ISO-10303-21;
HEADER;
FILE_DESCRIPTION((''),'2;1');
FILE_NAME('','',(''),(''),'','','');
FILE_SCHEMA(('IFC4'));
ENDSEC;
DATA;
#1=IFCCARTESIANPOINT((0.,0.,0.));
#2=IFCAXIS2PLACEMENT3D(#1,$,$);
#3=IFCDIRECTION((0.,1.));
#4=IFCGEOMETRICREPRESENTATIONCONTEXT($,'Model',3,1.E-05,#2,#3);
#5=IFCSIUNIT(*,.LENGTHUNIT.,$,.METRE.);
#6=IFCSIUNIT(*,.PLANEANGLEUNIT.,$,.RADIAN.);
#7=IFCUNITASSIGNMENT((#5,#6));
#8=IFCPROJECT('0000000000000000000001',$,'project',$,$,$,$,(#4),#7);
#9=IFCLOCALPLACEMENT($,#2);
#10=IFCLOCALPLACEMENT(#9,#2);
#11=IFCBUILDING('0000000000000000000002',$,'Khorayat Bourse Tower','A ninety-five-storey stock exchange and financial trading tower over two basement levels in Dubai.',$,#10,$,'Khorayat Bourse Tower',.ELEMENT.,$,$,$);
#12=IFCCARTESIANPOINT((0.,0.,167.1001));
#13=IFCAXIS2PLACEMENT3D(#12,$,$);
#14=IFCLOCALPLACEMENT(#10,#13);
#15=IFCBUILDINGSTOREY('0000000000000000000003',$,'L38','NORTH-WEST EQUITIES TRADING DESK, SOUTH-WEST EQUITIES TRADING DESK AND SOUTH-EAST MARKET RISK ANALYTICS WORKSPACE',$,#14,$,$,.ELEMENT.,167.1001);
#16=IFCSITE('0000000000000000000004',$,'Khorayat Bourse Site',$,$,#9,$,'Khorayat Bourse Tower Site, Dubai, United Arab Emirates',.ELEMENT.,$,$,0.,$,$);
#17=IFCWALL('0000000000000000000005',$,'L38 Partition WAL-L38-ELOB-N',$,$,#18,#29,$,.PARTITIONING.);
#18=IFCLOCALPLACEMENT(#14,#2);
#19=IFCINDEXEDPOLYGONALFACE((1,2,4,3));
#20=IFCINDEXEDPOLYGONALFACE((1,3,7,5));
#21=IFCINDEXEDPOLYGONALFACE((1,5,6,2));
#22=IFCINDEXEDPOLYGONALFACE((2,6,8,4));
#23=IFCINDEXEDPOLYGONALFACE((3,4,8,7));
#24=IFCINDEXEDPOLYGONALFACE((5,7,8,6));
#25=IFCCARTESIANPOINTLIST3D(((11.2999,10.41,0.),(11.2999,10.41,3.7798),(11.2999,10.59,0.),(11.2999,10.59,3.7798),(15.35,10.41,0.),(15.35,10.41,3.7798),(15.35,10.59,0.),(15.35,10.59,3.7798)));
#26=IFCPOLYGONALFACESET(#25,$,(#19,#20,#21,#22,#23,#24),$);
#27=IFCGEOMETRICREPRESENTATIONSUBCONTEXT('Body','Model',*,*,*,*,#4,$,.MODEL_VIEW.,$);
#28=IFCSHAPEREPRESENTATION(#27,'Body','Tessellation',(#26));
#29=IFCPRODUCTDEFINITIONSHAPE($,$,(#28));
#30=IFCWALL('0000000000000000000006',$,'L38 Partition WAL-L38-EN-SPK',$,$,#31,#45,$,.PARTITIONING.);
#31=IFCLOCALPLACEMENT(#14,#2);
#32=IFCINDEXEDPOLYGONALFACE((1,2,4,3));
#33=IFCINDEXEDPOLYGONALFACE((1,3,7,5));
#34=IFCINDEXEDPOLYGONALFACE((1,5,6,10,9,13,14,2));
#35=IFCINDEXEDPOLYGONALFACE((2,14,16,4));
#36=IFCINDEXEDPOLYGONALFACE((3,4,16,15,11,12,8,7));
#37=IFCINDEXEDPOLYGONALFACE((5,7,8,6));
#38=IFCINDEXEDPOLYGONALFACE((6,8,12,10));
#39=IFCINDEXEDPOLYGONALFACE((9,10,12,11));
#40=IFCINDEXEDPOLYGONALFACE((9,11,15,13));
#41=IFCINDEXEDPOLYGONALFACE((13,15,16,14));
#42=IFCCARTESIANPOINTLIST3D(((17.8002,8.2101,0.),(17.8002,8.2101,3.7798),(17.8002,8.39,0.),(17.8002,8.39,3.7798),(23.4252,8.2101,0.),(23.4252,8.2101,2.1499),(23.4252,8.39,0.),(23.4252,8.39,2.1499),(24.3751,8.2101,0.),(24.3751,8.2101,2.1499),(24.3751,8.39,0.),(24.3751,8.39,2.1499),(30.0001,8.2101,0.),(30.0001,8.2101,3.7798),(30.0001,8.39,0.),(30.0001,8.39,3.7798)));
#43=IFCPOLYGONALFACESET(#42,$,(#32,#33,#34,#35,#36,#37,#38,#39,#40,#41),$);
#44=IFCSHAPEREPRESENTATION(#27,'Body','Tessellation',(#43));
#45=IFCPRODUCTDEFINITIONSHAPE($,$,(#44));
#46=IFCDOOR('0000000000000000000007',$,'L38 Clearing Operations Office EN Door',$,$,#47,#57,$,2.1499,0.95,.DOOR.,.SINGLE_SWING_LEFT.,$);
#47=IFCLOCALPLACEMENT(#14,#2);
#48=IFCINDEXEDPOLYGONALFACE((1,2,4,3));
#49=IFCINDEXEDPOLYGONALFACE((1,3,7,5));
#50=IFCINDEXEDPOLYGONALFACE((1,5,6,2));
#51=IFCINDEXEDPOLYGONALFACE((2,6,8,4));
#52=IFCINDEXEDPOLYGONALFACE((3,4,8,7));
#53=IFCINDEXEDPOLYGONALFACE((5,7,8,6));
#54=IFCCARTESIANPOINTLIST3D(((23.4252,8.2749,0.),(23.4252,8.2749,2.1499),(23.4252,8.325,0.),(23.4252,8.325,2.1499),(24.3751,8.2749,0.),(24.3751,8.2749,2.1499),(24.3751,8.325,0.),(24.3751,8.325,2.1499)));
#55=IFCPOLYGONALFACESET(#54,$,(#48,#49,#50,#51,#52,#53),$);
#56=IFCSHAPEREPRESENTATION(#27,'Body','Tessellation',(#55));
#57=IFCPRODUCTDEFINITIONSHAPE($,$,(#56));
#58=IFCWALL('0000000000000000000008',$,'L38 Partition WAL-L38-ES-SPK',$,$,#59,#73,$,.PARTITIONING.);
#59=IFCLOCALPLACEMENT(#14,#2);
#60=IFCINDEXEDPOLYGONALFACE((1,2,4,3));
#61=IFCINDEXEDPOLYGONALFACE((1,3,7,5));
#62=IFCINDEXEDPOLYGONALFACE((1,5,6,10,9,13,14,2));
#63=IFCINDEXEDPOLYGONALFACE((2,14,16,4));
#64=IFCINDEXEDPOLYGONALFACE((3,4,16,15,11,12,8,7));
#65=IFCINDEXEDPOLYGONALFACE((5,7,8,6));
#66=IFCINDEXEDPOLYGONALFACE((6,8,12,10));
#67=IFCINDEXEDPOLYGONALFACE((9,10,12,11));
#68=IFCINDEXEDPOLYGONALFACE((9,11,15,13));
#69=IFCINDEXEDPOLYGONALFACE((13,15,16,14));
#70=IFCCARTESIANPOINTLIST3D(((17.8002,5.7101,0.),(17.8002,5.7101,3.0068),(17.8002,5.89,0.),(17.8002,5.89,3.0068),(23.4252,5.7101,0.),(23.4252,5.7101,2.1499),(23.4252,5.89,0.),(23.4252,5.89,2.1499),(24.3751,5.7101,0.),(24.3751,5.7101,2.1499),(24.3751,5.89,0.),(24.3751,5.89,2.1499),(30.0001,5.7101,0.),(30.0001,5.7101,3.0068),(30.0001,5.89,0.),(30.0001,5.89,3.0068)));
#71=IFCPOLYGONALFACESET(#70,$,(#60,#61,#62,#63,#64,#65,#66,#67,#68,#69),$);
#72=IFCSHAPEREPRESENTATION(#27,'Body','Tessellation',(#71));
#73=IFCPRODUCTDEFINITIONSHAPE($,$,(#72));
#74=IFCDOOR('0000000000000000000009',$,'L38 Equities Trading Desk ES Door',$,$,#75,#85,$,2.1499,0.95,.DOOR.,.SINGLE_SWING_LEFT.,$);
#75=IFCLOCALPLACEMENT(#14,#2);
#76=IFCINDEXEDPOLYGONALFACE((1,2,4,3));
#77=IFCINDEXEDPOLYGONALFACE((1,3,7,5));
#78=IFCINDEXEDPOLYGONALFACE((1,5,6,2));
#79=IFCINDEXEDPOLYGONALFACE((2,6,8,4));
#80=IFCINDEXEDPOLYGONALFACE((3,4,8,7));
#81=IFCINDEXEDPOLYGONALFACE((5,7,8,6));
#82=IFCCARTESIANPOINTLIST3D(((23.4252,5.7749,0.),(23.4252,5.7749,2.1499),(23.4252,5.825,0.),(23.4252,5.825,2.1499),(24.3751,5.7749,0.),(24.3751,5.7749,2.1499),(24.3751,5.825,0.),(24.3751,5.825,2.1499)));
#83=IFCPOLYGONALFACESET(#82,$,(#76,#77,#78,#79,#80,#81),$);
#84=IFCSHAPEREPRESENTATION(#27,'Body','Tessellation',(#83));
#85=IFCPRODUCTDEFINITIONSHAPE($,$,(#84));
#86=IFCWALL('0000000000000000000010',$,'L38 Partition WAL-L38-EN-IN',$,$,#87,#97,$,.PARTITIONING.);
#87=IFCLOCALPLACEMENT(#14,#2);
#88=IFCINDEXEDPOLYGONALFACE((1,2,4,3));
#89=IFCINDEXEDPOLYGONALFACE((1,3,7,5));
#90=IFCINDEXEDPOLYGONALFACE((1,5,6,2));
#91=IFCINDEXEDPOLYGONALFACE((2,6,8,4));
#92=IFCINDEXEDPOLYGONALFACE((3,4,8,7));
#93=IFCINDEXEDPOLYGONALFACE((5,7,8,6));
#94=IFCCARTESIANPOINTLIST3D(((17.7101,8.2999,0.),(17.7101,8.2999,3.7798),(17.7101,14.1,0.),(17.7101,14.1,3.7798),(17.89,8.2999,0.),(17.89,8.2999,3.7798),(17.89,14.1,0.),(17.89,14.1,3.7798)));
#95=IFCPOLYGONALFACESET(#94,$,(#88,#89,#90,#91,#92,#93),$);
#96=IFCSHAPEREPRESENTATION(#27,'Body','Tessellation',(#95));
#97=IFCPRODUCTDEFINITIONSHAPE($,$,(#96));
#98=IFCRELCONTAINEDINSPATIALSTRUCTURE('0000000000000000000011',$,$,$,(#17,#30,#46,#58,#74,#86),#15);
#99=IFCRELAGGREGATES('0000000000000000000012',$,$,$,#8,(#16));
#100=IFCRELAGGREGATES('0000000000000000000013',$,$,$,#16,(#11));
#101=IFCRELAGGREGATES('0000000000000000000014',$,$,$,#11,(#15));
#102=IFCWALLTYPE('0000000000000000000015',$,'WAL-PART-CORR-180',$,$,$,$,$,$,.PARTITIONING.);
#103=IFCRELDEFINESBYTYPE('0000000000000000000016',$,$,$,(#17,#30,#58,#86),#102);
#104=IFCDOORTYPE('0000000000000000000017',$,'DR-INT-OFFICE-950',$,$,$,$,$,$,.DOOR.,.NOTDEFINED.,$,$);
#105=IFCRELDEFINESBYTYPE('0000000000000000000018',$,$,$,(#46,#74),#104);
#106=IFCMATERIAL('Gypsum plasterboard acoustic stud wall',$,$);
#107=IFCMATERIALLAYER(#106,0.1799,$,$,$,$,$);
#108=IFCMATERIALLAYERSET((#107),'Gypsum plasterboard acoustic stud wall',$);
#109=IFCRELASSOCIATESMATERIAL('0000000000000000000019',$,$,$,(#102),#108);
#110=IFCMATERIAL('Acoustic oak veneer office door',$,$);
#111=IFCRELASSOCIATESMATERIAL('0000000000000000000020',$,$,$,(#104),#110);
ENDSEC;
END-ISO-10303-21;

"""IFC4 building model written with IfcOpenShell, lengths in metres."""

from ifc_helpers import new_model, si_unit, direction, frame, frame_2d, origin, place, context, subcontext, project, spatial, rectangle, extrude, source, transform, mapped, material, layer, layer_set, type_object, element, fill, save


model = new_model("IFC4")

# Units and contexts
model_context = context("Model", 3, precision=1e-05, world=origin(), true_north=direction((0.0, 1.0)))
body_context = subcontext(model_context, "Body", "Model", "MODEL_VIEW")
ifc_project = project(units=[si_unit("LENGTHUNIT", "METRE"), si_unit("PLANEANGLEUNIT", "RADIAN")], contexts=[model_context])

# Site, building, storey
site_placement = place(None, origin())
site = spatial("IfcSite", under=ifc_project, at=site_placement, Name="Khorayat Bourse Site", LongName="Khorayat Bourse Tower Site, Dubai, United Arab Emirates", CompositionType="ELEMENT", RefElevation=0.0)
building_placement = place(site_placement, origin())
building = spatial("IfcBuilding", under=site, at=building_placement, Name="Khorayat Bourse Tower", Description="A ninety-five-storey stock exchange and financial trading tower over two basement levels in Dubai.", LongName="Khorayat Bourse Tower", CompositionType="ELEMENT")
storey_placement = place(building_placement, frame((0.0, 0.0, 167.1001)))
storey = spatial("IfcBuildingStorey", under=building, at=storey_placement, Name="L38", Description="NORTH-WEST EQUITIES TRADING DESK, SOUTH-WEST EQUITIES TRADING DESK AND SOUTH-EAST MARKET RISK ANALYTICS WORKSPACE", CompositionType="ELEMENT", Elevation=167.1001)

# Wall
ifc_material_1 = material(Name="Gypsum plasterboard acoustic stud wall")
ifc_layer_1 = layer(ifc_material_1, 0.1799)
ifc_layer_set_1 = layer_set([ifc_layer_1], Name="Gypsum plasterboard acoustic stud wall")
wall_type = type_object("IfcWallType", Name="WAL-PART-CORR-180", PredefinedType="PARTITIONING", material=ifc_layer_set_1)
shared_shape_1 = source(origin(), body_context, "Body", "SweptSolid", [
    extrude(rectangle(XDim=4.05, YDim=0.1799, at=frame_2d((2.0249, 0.0))), origin(), (0.0, 0.0, 1.0), 3.7798),
])
wall_1_placement = place(storey_placement, frame((11.3, 10.5, 0.0), z_axis=(0.0, 0.0, 1.0), x_axis=(1.0, 0.0, 0.0)))
element("IfcWall", 1, at=wall_1_placement, inside=storey, type_object=wall_type, Name="L38 Partition WAL-L38-ELOB-N", PredefinedType="PARTITIONING", context=body_context, shape_type="MappedRepresentation", body=[
    mapped(shared_shape_1, transform((0.0, 0.0, 0.0), scale=1.0)),
])

# Walls, openings, doors
shared_shape_2 = source(origin(), body_context, "Body", "SweptSolid", [
    extrude(rectangle(XDim=12.2, YDim=0.1799, at=frame_2d((6.1001, 0.0))), origin(), (0.0, 0.0, 1.0), 3.7798),
])
wall_2_placement = place(storey_placement, frame((17.8, 8.3, 0.0), z_axis=(0.0, 0.0, 1.0), x_axis=(1.0, 0.0, 0.0)))
wall_2 = element("IfcWall", 2, at=wall_2_placement, inside=storey, type_object=wall_type, Name="L38 Partition WAL-L38-EN-SPK", PredefinedType="PARTITIONING", context=body_context, shape_type="MappedRepresentation", body=[
    mapped(shared_shape_2, transform((0.0, 0.0, 0.0), scale=1.0)),
])
shared_shape_3 = source(origin(), body_context, "Body", "SweptSolid", [
    extrude(rectangle(XDim=0.95, YDim=2.1499, at=frame_2d((0.4751, 1.075))), frame((0.0, 0.0999, 0.0), z_axis=(0.0, -1.0, 0.0), x_axis=(1.0, 0.0, 0.0)), (0.0, 0.0, 1.0), 0.2),
])
opening_1_placement = place(wall_2_placement, frame((5.625, 0.0, 0.0)))
opening_1 = element("IfcOpeningElement", 3, at=opening_1_placement, cuts=wall_2, PredefinedType="OPENING", context=body_context, shape_type="MappedRepresentation", body=[
    mapped(shared_shape_3, transform((0.0, 0.0, 0.0), scale=1.0)),
])
ifc_material_2 = material(Name="Acoustic oak veneer office door")
door_type = type_object("IfcDoorType", Name="DR-INT-OFFICE-950", OperationType="NOTDEFINED", PredefinedType="DOOR", material=ifc_material_2)
shared_shape_4 = source(origin(), body_context, "Body", "SweptSolid", [
    extrude(rectangle(XDim=0.95, YDim=2.1499, at=frame_2d((0.4751, 1.075))), frame((0.0, 0.0249, 0.0), z_axis=(0.0, -1.0, 0.0), x_axis=(1.0, 0.0, 0.0)), (0.0, 0.0, 1.0), 0.05),
])
door_1_placement = place(opening_1_placement, origin())
door_1 = element("IfcDoor", 4, at=door_1_placement, inside=storey, type_object=door_type, Name="L38 Clearing Operations Office EN Door", OperationType="SINGLE_SWING_LEFT", OverallHeight=2.1499, OverallWidth=0.95, PredefinedType="DOOR", context=body_context, shape_type="MappedRepresentation", body=[
    mapped(shared_shape_4, transform((0.0, 0.0, 0.0), scale=1.0)),
])
fill(opening_1, door_1)
shared_shape_5 = source(origin(), body_context, "Body", "SweptSolid", [
    extrude(rectangle(XDim=12.2, YDim=0.1799, at=frame_2d((6.1001, 0.0))), origin(), (0.0, 0.0, 1.0), 3.0068),
])
wall_3_placement = place(storey_placement, frame((17.8, 5.8, 0.0), z_axis=(0.0, 0.0, 1.0), x_axis=(1.0, 0.0, 0.0)))
wall_3 = element("IfcWall", 5, at=wall_3_placement, inside=storey, type_object=wall_type, Name="L38 Partition WAL-L38-ES-SPK", PredefinedType="PARTITIONING", context=body_context, shape_type="MappedRepresentation", body=[
    mapped(shared_shape_5, transform((0.0, 0.0, 0.0), scale=1.0)),
])
opening_2_placement = place(wall_3_placement, frame((5.625, 0.0, 0.0)))
opening_2 = element("IfcOpeningElement", 6, at=opening_2_placement, cuts=wall_3, PredefinedType="OPENING", context=body_context, shape_type="MappedRepresentation", body=[
    mapped(shared_shape_3, transform((0.0, 0.0, 0.0), scale=1.0)),
])
door_2_placement = place(opening_2_placement, origin())
door_2 = element("IfcDoor", 7, at=door_2_placement, inside=storey, type_object=door_type, Name="L38 Equities Trading Desk ES Door", OperationType="SINGLE_SWING_LEFT", OverallHeight=2.1499, OverallWidth=0.95, PredefinedType="DOOR", context=body_context, shape_type="MappedRepresentation", body=[
    mapped(shared_shape_4, transform((0.0, 0.0, 0.0), scale=1.0)),
])
fill(opening_2, door_2)

# Wall
shared_shape_6 = source(origin(), body_context, "Body", "SweptSolid", [
    extrude(rectangle(XDim=5.8, YDim=0.1799, at=frame_2d((2.8999, 0.0))), origin(), (0.0, 0.0, 1.0), 3.7798),
])
wall_4_placement = place(storey_placement, frame((17.8, 8.3, 0.0), z_axis=(0.0, 0.0, 1.0), x_axis=(0.0, 1.0, 0.0)))
element("IfcWall", 8, at=wall_4_placement, inside=storey, type_object=wall_type, Name="L38 Partition WAL-L38-EN-IN", PredefinedType="PARTITIONING", context=body_context, shape_type="MappedRepresentation", body=[
    mapped(shared_shape_6, transform((0.0, 0.0, 0.0), scale=1.0)),
])

save(model, "model.ifc")
